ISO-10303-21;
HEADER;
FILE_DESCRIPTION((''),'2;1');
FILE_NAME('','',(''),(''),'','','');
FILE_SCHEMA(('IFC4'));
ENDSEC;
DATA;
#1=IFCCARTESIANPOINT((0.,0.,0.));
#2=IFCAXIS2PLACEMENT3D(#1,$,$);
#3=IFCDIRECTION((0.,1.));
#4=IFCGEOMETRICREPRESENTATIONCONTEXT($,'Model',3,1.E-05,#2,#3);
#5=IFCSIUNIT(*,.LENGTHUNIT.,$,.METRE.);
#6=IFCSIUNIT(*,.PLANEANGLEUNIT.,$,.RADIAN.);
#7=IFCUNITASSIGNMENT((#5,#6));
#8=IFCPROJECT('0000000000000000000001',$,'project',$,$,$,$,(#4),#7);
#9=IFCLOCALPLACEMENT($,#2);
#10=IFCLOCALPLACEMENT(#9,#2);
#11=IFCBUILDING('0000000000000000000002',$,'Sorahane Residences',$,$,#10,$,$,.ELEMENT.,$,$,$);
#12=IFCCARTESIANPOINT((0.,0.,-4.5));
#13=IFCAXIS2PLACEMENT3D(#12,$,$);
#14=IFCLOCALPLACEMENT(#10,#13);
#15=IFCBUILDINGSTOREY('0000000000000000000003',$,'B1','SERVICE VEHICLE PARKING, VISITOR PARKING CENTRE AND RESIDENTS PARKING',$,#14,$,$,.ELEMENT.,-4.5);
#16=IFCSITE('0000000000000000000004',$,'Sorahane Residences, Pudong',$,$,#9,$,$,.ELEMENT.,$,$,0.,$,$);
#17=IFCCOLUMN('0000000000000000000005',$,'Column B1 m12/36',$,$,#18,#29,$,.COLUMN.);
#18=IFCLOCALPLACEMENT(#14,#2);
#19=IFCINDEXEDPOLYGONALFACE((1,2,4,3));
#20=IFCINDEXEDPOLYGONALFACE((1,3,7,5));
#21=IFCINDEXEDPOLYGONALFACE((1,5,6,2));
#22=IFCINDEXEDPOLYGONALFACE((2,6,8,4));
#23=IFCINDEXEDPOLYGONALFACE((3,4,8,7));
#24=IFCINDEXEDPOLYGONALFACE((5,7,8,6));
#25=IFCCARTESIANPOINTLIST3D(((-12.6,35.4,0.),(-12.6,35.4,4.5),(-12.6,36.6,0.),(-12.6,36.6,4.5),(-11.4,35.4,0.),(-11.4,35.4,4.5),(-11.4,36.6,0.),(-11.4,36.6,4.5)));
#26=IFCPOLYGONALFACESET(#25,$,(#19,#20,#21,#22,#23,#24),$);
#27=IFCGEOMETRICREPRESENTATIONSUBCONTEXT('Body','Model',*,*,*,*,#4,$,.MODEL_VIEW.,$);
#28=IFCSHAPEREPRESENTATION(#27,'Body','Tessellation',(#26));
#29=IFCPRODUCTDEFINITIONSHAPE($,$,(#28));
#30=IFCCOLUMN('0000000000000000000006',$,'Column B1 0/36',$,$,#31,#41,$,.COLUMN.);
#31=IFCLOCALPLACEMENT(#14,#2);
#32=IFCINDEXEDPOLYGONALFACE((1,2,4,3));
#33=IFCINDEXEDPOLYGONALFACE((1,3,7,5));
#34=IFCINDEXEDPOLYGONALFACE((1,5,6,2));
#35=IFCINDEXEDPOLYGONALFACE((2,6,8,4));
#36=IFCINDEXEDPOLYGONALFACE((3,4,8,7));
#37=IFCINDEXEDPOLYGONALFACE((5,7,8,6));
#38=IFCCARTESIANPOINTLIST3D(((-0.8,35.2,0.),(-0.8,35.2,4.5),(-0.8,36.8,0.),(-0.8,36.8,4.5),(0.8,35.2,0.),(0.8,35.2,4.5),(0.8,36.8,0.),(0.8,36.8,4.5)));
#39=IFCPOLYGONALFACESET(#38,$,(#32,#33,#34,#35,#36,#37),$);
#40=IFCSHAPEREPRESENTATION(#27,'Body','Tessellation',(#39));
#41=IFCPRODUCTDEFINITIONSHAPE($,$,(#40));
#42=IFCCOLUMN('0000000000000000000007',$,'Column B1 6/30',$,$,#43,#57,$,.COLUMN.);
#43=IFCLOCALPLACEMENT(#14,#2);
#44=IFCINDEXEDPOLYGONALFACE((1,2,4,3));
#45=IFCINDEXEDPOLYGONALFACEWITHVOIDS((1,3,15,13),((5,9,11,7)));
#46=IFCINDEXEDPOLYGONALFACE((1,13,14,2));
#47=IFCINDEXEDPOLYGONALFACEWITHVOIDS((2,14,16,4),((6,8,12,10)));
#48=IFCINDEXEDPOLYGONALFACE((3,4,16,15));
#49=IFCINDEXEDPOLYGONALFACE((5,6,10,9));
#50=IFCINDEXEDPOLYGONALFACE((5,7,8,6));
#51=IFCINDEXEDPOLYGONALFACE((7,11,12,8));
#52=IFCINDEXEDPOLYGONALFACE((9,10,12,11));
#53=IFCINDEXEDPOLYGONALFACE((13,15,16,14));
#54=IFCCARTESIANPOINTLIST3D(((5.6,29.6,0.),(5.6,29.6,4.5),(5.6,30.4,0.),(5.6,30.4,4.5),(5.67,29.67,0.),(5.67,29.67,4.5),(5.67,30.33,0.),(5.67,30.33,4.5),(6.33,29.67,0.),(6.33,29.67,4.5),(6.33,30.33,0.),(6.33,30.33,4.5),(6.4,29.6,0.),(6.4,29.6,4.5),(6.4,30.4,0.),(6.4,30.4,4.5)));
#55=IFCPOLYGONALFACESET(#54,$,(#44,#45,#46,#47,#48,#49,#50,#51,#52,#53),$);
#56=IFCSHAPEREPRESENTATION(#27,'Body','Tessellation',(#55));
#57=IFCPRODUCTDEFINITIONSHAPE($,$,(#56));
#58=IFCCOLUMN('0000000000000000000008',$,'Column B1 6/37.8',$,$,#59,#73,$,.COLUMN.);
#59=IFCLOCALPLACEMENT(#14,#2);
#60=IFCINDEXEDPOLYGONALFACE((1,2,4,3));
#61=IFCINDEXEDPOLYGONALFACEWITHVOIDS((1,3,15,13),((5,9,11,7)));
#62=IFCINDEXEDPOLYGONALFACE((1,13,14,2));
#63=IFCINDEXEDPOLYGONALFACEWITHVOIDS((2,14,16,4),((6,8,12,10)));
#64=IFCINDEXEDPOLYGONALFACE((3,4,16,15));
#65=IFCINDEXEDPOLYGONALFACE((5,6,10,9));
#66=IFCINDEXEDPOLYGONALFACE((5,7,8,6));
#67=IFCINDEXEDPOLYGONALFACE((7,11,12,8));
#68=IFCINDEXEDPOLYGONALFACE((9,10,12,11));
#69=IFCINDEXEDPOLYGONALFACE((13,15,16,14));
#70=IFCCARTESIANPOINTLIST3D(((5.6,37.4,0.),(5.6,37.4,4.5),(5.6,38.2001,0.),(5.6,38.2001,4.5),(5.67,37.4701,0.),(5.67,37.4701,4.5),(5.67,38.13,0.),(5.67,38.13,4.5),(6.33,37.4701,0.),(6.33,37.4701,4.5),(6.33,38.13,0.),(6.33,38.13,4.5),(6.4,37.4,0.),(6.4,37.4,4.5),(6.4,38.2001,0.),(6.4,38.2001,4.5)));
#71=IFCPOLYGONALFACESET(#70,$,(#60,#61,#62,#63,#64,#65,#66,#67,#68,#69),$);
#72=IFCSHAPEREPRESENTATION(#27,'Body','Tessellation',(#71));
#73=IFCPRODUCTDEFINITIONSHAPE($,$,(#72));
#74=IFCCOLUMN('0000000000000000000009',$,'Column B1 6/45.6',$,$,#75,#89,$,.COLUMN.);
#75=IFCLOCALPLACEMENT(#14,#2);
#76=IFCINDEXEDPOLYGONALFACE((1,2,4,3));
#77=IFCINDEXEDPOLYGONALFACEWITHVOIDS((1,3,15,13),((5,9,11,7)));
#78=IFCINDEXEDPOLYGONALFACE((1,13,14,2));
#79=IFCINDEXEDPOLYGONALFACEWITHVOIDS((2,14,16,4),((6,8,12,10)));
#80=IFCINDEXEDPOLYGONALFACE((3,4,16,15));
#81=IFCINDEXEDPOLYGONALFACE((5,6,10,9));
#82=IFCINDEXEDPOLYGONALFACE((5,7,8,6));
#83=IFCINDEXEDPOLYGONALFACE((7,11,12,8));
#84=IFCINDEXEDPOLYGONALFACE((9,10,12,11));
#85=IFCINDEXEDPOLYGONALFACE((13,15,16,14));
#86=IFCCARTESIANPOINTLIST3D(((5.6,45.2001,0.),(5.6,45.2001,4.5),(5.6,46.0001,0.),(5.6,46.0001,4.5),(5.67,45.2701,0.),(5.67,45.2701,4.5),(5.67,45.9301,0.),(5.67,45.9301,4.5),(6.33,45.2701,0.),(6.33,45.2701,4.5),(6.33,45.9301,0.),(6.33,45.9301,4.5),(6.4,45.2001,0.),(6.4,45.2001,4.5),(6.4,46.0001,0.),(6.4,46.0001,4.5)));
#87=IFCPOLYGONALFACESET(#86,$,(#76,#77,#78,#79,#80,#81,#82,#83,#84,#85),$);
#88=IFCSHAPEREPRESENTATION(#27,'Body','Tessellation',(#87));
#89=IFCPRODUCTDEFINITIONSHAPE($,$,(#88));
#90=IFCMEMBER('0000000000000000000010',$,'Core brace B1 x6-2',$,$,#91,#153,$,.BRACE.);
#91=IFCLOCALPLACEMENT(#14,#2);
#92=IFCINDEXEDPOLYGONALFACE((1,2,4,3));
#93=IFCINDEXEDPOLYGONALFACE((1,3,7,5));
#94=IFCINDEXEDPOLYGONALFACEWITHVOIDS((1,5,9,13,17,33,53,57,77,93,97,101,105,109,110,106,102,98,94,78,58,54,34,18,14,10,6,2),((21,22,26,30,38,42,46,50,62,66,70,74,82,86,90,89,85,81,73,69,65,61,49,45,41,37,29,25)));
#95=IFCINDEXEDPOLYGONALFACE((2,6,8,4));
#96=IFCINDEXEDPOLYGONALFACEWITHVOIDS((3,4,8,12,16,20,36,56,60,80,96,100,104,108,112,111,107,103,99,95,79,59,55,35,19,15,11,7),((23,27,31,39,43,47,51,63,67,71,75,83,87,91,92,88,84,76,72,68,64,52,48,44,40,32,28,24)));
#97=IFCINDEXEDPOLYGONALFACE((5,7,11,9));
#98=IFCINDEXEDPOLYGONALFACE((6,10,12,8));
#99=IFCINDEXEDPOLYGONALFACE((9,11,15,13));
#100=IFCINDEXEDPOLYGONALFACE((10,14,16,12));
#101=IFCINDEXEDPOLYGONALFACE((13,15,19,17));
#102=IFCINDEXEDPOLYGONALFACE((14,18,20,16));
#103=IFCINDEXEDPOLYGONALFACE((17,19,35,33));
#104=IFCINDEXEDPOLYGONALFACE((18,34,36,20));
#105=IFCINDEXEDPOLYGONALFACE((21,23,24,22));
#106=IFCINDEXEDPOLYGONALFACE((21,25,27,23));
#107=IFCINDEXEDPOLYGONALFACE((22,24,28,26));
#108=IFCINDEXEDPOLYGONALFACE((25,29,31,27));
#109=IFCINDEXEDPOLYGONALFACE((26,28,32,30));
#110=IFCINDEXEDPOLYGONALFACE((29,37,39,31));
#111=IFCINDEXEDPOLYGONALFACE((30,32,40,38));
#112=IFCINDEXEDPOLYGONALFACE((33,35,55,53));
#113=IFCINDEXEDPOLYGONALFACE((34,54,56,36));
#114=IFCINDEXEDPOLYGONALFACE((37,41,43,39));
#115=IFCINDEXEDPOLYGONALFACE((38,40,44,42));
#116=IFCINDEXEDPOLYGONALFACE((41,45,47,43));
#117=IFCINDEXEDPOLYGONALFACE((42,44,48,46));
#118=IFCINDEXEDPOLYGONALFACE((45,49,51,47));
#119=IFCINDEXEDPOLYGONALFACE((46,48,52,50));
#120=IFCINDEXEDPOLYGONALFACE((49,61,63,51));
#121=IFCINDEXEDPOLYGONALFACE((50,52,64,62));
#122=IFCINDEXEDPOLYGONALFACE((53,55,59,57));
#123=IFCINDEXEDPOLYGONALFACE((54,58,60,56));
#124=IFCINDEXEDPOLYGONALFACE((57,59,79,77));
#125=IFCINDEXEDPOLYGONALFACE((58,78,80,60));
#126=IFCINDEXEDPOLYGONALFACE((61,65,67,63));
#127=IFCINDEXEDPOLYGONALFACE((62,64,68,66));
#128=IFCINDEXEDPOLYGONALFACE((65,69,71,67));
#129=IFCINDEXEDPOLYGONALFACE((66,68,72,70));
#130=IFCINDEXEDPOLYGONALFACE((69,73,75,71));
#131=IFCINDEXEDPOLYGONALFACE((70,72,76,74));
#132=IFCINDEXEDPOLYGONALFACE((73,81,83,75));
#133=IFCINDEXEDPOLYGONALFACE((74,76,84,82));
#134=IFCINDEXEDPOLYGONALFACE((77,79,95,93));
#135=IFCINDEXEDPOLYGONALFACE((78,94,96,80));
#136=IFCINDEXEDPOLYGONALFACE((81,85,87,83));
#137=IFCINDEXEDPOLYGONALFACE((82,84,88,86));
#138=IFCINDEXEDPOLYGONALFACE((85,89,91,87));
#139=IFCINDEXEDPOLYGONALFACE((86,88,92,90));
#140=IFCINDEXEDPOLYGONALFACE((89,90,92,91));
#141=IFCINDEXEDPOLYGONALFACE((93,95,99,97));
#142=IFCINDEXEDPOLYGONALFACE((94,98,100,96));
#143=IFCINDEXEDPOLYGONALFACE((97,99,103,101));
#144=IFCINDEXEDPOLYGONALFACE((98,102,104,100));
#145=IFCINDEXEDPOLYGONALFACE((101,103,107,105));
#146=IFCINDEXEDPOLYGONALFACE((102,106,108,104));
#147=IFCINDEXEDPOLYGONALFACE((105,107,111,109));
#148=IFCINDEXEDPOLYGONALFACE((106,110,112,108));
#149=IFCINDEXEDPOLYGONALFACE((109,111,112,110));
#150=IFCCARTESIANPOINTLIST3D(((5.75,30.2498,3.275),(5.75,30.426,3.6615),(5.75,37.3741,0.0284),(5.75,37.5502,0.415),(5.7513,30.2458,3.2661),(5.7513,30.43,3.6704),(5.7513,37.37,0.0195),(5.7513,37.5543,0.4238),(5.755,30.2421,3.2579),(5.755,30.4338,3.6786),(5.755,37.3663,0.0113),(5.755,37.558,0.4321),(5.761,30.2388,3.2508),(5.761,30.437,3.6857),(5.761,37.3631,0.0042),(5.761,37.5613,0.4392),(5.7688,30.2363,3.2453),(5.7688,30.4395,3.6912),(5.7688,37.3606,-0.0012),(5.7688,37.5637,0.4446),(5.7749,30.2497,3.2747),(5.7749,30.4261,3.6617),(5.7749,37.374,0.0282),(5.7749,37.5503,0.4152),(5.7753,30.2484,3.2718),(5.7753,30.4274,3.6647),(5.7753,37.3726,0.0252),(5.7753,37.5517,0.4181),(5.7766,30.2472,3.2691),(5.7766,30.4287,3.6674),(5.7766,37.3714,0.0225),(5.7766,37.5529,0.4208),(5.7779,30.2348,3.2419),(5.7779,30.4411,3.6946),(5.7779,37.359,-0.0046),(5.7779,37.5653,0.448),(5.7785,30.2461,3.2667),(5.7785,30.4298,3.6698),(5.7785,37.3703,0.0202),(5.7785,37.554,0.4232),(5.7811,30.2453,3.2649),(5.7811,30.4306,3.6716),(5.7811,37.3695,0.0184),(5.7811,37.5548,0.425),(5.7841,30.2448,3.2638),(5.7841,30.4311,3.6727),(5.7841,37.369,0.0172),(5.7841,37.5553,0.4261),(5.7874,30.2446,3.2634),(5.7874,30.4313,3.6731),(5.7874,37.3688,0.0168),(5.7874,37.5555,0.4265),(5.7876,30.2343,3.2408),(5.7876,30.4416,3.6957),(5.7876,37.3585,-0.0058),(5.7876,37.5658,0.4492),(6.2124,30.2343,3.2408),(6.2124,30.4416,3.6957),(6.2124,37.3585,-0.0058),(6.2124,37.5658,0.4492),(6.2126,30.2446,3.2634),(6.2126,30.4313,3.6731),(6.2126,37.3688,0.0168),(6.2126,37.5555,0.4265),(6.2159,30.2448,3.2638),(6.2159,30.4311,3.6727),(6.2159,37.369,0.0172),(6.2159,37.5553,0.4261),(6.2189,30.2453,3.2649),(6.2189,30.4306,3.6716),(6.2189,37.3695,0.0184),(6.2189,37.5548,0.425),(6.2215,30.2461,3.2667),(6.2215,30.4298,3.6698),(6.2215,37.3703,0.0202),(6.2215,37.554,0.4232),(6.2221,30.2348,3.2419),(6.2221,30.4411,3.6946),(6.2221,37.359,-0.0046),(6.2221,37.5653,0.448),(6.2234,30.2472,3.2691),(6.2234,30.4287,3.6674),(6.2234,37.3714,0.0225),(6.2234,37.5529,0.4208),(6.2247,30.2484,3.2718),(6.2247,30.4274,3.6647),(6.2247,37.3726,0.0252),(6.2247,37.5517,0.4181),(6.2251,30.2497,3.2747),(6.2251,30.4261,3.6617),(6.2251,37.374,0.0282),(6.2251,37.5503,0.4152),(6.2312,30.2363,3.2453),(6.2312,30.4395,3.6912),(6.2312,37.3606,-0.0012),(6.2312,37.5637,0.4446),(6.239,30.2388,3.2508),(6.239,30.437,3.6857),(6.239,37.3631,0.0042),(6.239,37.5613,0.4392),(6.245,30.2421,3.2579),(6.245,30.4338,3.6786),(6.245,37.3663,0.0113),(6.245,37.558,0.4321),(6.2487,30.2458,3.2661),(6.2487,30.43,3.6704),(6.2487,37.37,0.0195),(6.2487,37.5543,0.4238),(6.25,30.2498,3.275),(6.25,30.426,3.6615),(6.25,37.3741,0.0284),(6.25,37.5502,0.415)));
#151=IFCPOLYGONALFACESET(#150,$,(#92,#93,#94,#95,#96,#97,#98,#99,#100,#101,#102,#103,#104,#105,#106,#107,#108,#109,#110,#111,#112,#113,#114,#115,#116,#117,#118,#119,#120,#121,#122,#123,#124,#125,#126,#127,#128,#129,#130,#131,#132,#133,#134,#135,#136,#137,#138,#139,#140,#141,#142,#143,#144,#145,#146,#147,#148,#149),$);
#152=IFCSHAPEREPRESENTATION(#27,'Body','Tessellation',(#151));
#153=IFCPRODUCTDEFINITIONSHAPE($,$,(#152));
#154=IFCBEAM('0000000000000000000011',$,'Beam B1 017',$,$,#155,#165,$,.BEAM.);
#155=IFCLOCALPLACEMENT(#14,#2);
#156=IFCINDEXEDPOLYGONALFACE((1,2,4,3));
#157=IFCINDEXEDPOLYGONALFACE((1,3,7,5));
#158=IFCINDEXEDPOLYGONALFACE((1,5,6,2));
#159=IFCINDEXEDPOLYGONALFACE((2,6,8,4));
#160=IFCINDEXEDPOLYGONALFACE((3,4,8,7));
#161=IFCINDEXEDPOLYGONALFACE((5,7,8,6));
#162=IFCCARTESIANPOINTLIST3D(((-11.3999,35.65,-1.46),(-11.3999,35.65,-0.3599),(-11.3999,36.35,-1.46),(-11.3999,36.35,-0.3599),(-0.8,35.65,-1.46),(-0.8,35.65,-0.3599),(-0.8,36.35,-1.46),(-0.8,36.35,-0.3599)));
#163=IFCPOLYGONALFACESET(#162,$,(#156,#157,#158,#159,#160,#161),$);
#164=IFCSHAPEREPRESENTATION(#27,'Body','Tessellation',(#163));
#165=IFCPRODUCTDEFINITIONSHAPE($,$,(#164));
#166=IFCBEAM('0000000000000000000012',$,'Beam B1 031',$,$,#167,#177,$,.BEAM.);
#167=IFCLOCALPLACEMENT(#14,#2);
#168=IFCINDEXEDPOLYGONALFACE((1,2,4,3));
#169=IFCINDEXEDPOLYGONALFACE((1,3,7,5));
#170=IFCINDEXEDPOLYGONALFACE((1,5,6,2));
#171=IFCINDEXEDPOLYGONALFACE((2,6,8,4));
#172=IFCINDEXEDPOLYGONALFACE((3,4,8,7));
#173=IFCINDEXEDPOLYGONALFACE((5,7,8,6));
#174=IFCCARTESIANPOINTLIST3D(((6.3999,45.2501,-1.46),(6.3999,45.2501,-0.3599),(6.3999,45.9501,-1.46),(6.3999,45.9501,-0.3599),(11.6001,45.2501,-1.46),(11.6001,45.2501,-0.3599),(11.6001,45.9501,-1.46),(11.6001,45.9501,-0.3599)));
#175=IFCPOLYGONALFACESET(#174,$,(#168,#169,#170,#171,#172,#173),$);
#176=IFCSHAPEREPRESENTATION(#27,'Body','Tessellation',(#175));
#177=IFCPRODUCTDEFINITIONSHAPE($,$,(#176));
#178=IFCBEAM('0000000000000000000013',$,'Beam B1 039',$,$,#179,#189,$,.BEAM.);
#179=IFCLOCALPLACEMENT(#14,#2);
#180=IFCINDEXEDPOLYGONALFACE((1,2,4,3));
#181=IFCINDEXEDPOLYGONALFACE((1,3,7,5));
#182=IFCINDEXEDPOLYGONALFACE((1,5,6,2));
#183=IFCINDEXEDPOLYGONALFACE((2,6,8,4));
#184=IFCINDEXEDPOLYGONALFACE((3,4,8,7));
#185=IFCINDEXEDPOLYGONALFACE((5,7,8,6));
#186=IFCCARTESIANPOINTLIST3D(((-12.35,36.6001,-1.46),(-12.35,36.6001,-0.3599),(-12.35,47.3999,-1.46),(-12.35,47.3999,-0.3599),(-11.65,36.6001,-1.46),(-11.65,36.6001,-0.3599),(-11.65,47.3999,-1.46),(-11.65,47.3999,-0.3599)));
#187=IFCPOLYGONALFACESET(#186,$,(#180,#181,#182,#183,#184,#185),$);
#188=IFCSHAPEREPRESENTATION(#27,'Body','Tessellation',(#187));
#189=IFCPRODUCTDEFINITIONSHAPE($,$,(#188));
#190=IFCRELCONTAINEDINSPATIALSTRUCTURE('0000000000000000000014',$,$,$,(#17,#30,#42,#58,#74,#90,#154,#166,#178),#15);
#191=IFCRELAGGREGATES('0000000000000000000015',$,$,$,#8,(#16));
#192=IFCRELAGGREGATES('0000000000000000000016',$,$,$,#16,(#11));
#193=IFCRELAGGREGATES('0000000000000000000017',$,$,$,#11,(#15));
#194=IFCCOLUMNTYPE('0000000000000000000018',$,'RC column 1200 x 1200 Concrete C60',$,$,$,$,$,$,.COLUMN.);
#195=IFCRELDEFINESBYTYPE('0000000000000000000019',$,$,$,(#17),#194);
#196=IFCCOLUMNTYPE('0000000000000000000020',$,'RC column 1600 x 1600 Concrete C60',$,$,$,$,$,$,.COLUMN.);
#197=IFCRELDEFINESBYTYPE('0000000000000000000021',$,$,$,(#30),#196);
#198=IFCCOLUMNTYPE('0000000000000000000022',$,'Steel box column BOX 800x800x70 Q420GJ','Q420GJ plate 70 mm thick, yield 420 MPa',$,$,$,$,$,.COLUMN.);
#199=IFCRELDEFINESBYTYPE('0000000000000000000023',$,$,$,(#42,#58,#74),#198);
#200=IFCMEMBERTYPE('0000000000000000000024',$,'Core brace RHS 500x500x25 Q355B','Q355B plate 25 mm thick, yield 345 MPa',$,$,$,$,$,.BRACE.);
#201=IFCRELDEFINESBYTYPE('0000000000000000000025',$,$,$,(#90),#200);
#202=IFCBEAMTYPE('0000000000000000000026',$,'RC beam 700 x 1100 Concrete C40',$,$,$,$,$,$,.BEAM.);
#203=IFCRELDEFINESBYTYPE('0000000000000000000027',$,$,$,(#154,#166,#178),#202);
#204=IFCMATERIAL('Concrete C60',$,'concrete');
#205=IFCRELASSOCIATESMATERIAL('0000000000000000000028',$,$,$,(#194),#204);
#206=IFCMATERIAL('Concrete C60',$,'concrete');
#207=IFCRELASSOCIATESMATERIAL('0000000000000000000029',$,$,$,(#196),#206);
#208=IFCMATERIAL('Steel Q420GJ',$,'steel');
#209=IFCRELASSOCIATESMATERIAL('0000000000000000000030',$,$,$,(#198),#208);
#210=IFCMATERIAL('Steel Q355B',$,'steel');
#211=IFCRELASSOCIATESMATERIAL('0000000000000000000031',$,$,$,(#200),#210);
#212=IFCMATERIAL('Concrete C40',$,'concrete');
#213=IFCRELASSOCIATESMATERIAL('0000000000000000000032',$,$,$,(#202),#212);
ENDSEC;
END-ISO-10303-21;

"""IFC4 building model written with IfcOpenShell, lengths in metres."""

from ifc_helpers import new_model, si_unit, direction, frame, origin, origin_2d, place, context, subcontext, project, spatial, rectangle, hollow_rectangle, extrude, material, material_profile, profile_set, type_object, element, save


model = new_model("IFC4")

# Units and contexts
model_context = context("Model", 3, precision=1e-05, world=origin(), true_north=direction((0.0, 1.0)))
body_context = subcontext(model_context, "Body", "Model", "MODEL_VIEW")
ifc_project = project(units=[si_unit("LENGTHUNIT", "METRE"), si_unit("PLANEANGLEUNIT", "RADIAN")], contexts=[model_context])

# Site, building, storey
site_placement = place(None, origin())
site = spatial("IfcSite", under=ifc_project, at=site_placement, Name="Sorahane Residences, Pudong", CompositionType="ELEMENT", RefElevation=0.0)
building_placement = place(site_placement, origin())
building = spatial("IfcBuilding", under=site, at=building_placement, Name="Sorahane Residences", CompositionType="ELEMENT")
storey_placement = place(building_placement, frame((0.0, 0.0, -4.5)))
storey = spatial("IfcBuildingStorey", under=building, at=storey_placement, Name="B1", Description="SERVICE VEHICLE PARKING, VISITOR PARKING CENTRE AND RESIDENTS PARKING", CompositionType="ELEMENT", Elevation=-4.5)

# Columns
ifc_material_1 = material(Name="Concrete C60", Category="concrete")
ifc_material_profile_1 = material_profile(ifc_material_1, rectangle(XDim=1.2, YDim=1.2, at=origin_2d()), Name="1200x1200")
ifc_profile_set_1 = profile_set([ifc_material_profile_1], Name="Concrete C60")
column_type_1 = type_object("IfcColumnType", Name="RC column 1200 x 1200 Concrete C60", PredefinedType="COLUMN", material=ifc_profile_set_1)
column_1_placement = place(storey_placement, frame((-12.0, 36.0, 0.0), z_axis=(0.0, 0.0, 1.0), x_axis=(1.0, 0.0, 0.0)))
element("IfcColumn", 1, at=column_1_placement, inside=storey, type_object=column_type_1, Name="Column B1 m12/36", PredefinedType="COLUMN", context=body_context, shape_type="SweptSolid", body=[
    extrude(rectangle(XDim=1.2, YDim=1.2, at=origin_2d()), origin(), (0.0, 0.0, 1.0), 4.5),
])
ifc_material_2 = material(Name="Concrete C60", Category="concrete")
ifc_material_profile_2 = material_profile(ifc_material_2, rectangle(XDim=1.6001, YDim=1.6001, at=origin_2d()), Name="1600x1600")
ifc_profile_set_2 = profile_set([ifc_material_profile_2], Name="Concrete C60")
column_type_2 = type_object("IfcColumnType", Name="RC column 1600 x 1600 Concrete C60", PredefinedType="COLUMN", material=ifc_profile_set_2)
column_2_placement = place(storey_placement, frame((0.0, 36.0, 0.0), z_axis=(0.0, 0.0, 1.0), x_axis=(1.0, 0.0, 0.0)))
element("IfcColumn", 2, at=column_2_placement, inside=storey, type_object=column_type_2, Name="Column B1 0/36", PredefinedType="COLUMN", context=body_context, shape_type="SweptSolid", body=[
    extrude(rectangle(XDim=1.6001, YDim=1.6001, at=origin_2d()), origin(), (0.0, 0.0, 1.0), 4.5),
])
ifc_material_3 = material(Name="Steel Q420GJ", Category="steel")
ifc_material_profile_3 = material_profile(ifc_material_3, hollow_rectangle(XDim=0.8, YDim=0.8, WallThickness=0.0701, at=origin_2d()), Name="BOX 800x800x70")
ifc_profile_set_3 = profile_set([ifc_material_profile_3], Name="Steel Q420GJ")
column_type_3 = type_object("IfcColumnType", Name="Steel box column BOX 800x800x70 Q420GJ", Description="Q420GJ plate 70 mm thick, yield 420 MPa", PredefinedType="COLUMN", material=ifc_profile_set_3)
for number, where, z_axis, x_axis, name in (
    (3, (6.0, 30.0, 0.0), (0.0, 0.0, 1.0), (1.0, 0.0, 0.0), "Column B1 6/30"),
    (4, (6.0, 37.8, 0.0), (0.0, 0.0, 1.0), (1.0, 0.0, 0.0), "Column B1 6/37.8"),
    (5, (6.0, 45.6001, 0.0), (0.0, 0.0, 1.0), (1.0, 0.0, 0.0), "Column B1 6/45.6"),
):
    element("IfcColumn", number, at=place(storey_placement, frame(where, z_axis=z_axis, x_axis=x_axis)), inside=storey, type_object=column_type_3, Name=name, PredefinedType="COLUMN", context=body_context, shape_type="SweptSolid", body=[
        extrude(hollow_rectangle(XDim=0.8, YDim=0.8, WallThickness=0.0701, at=origin_2d()), origin(), (0.0, 0.0, 1.0), 4.5),
    ])

# Member
ifc_material_4 = material(Name="Steel Q355B", Category="steel")
ifc_material_profile_4 = material_profile(ifc_material_4, hollow_rectangle(XDim=0.5, YDim=0.5, WallThickness=0.0249, InnerFilletRadius=0.0125, OuterFilletRadius=0.0376, at=origin_2d()), Name="RHS 500x500x25")
ifc_profile_set_4 = profile_set([ifc_material_profile_4], Name="Steel Q355B")
member_type = type_object("IfcMemberType", Name="Core brace RHS 500x500x25 Q355B", Description="Q355B plate 25 mm thick, yield 345 MPa", PredefinedType="BRACE", material=ifc_profile_set_4)
member_placement = place(storey_placement, frame((6.0, 37.4622, 0.2217), z_axis=(0.0, -0.909968, 0.414679), x_axis=(1.0, 0.0, 0.0)))
element("IfcMember", 6, at=member_placement, inside=storey, type_object=member_type, Name="Core brace B1 x6-2", PredefinedType="BRACE", context=body_context, shape_type="SweptSolid", body=[
    extrude(hollow_rectangle(XDim=0.5, YDim=0.5, WallThickness=0.0249, InnerFilletRadius=0.0125, OuterFilletRadius=0.0376, at=origin_2d()), origin(), (0.0, 0.0, 1.0), 7.8291),
])

# Beams
ifc_material_5 = material(Name="Concrete C40", Category="concrete")
ifc_material_profile_5 = material_profile(ifc_material_5, rectangle(XDim=0.7, YDim=1.1001, at=origin_2d()), Name="700x1100")
ifc_profile_set_5 = profile_set([ifc_material_profile_5], Name="Concrete C40")
beam_type_1 = type_object("IfcBeamType", Name="RC beam 700 x 1100 Concrete C40", PredefinedType="BEAM", material=ifc_profile_set_5)
beam_1_placement = place(storey_placement, frame((-11.3999, 36.0, -0.9099), z_axis=(1.0, 0.0, 0.0), x_axis=(0.0, 1.0, 0.0)))
element("IfcBeam", 7, at=beam_1_placement, inside=storey, type_object=beam_type_1, Name="Beam B1 017", PredefinedType="BEAM", context=body_context, shape_type="SweptSolid", body=[
    extrude(rectangle(XDim=0.7, YDim=1.1001, at=origin_2d()), origin(), (0.0, 0.0, 1.0), 10.5999),
])
beam_2_placement = place(storey_placement, frame((6.3999, 45.6001, -0.9099), z_axis=(1.0, 0.0, 0.0), x_axis=(0.0, 1.0, 0.0)))
element("IfcBeam", 8, at=beam_2_placement, inside=storey, type_object=beam_type_1, Name="Beam B1 031", PredefinedType="BEAM", context=body_context, shape_type="SweptSolid", body=[
    extrude(rectangle(XDim=0.7, YDim=1.1001, at=origin_2d()), origin(), (0.0, 0.0, 1.0), 5.2002),
])
beam_3_placement = place(storey_placement, frame((-12.0, 36.6001, -0.9099), z_axis=(0.0, 1.0, 0.0), x_axis=(-1.0, 0.0, 0.0)))
element("IfcBeam", 9, at=beam_3_placement, inside=storey, type_object=beam_type_1, Name="Beam B1 039", PredefinedType="BEAM", context=body_context, shape_type="SweptSolid", body=[
    extrude(rectangle(XDim=0.7, YDim=1.1001, at=origin_2d()), origin(), (0.0, 0.0, 1.0), 10.7998),
])

save(model, "model.ifc")
